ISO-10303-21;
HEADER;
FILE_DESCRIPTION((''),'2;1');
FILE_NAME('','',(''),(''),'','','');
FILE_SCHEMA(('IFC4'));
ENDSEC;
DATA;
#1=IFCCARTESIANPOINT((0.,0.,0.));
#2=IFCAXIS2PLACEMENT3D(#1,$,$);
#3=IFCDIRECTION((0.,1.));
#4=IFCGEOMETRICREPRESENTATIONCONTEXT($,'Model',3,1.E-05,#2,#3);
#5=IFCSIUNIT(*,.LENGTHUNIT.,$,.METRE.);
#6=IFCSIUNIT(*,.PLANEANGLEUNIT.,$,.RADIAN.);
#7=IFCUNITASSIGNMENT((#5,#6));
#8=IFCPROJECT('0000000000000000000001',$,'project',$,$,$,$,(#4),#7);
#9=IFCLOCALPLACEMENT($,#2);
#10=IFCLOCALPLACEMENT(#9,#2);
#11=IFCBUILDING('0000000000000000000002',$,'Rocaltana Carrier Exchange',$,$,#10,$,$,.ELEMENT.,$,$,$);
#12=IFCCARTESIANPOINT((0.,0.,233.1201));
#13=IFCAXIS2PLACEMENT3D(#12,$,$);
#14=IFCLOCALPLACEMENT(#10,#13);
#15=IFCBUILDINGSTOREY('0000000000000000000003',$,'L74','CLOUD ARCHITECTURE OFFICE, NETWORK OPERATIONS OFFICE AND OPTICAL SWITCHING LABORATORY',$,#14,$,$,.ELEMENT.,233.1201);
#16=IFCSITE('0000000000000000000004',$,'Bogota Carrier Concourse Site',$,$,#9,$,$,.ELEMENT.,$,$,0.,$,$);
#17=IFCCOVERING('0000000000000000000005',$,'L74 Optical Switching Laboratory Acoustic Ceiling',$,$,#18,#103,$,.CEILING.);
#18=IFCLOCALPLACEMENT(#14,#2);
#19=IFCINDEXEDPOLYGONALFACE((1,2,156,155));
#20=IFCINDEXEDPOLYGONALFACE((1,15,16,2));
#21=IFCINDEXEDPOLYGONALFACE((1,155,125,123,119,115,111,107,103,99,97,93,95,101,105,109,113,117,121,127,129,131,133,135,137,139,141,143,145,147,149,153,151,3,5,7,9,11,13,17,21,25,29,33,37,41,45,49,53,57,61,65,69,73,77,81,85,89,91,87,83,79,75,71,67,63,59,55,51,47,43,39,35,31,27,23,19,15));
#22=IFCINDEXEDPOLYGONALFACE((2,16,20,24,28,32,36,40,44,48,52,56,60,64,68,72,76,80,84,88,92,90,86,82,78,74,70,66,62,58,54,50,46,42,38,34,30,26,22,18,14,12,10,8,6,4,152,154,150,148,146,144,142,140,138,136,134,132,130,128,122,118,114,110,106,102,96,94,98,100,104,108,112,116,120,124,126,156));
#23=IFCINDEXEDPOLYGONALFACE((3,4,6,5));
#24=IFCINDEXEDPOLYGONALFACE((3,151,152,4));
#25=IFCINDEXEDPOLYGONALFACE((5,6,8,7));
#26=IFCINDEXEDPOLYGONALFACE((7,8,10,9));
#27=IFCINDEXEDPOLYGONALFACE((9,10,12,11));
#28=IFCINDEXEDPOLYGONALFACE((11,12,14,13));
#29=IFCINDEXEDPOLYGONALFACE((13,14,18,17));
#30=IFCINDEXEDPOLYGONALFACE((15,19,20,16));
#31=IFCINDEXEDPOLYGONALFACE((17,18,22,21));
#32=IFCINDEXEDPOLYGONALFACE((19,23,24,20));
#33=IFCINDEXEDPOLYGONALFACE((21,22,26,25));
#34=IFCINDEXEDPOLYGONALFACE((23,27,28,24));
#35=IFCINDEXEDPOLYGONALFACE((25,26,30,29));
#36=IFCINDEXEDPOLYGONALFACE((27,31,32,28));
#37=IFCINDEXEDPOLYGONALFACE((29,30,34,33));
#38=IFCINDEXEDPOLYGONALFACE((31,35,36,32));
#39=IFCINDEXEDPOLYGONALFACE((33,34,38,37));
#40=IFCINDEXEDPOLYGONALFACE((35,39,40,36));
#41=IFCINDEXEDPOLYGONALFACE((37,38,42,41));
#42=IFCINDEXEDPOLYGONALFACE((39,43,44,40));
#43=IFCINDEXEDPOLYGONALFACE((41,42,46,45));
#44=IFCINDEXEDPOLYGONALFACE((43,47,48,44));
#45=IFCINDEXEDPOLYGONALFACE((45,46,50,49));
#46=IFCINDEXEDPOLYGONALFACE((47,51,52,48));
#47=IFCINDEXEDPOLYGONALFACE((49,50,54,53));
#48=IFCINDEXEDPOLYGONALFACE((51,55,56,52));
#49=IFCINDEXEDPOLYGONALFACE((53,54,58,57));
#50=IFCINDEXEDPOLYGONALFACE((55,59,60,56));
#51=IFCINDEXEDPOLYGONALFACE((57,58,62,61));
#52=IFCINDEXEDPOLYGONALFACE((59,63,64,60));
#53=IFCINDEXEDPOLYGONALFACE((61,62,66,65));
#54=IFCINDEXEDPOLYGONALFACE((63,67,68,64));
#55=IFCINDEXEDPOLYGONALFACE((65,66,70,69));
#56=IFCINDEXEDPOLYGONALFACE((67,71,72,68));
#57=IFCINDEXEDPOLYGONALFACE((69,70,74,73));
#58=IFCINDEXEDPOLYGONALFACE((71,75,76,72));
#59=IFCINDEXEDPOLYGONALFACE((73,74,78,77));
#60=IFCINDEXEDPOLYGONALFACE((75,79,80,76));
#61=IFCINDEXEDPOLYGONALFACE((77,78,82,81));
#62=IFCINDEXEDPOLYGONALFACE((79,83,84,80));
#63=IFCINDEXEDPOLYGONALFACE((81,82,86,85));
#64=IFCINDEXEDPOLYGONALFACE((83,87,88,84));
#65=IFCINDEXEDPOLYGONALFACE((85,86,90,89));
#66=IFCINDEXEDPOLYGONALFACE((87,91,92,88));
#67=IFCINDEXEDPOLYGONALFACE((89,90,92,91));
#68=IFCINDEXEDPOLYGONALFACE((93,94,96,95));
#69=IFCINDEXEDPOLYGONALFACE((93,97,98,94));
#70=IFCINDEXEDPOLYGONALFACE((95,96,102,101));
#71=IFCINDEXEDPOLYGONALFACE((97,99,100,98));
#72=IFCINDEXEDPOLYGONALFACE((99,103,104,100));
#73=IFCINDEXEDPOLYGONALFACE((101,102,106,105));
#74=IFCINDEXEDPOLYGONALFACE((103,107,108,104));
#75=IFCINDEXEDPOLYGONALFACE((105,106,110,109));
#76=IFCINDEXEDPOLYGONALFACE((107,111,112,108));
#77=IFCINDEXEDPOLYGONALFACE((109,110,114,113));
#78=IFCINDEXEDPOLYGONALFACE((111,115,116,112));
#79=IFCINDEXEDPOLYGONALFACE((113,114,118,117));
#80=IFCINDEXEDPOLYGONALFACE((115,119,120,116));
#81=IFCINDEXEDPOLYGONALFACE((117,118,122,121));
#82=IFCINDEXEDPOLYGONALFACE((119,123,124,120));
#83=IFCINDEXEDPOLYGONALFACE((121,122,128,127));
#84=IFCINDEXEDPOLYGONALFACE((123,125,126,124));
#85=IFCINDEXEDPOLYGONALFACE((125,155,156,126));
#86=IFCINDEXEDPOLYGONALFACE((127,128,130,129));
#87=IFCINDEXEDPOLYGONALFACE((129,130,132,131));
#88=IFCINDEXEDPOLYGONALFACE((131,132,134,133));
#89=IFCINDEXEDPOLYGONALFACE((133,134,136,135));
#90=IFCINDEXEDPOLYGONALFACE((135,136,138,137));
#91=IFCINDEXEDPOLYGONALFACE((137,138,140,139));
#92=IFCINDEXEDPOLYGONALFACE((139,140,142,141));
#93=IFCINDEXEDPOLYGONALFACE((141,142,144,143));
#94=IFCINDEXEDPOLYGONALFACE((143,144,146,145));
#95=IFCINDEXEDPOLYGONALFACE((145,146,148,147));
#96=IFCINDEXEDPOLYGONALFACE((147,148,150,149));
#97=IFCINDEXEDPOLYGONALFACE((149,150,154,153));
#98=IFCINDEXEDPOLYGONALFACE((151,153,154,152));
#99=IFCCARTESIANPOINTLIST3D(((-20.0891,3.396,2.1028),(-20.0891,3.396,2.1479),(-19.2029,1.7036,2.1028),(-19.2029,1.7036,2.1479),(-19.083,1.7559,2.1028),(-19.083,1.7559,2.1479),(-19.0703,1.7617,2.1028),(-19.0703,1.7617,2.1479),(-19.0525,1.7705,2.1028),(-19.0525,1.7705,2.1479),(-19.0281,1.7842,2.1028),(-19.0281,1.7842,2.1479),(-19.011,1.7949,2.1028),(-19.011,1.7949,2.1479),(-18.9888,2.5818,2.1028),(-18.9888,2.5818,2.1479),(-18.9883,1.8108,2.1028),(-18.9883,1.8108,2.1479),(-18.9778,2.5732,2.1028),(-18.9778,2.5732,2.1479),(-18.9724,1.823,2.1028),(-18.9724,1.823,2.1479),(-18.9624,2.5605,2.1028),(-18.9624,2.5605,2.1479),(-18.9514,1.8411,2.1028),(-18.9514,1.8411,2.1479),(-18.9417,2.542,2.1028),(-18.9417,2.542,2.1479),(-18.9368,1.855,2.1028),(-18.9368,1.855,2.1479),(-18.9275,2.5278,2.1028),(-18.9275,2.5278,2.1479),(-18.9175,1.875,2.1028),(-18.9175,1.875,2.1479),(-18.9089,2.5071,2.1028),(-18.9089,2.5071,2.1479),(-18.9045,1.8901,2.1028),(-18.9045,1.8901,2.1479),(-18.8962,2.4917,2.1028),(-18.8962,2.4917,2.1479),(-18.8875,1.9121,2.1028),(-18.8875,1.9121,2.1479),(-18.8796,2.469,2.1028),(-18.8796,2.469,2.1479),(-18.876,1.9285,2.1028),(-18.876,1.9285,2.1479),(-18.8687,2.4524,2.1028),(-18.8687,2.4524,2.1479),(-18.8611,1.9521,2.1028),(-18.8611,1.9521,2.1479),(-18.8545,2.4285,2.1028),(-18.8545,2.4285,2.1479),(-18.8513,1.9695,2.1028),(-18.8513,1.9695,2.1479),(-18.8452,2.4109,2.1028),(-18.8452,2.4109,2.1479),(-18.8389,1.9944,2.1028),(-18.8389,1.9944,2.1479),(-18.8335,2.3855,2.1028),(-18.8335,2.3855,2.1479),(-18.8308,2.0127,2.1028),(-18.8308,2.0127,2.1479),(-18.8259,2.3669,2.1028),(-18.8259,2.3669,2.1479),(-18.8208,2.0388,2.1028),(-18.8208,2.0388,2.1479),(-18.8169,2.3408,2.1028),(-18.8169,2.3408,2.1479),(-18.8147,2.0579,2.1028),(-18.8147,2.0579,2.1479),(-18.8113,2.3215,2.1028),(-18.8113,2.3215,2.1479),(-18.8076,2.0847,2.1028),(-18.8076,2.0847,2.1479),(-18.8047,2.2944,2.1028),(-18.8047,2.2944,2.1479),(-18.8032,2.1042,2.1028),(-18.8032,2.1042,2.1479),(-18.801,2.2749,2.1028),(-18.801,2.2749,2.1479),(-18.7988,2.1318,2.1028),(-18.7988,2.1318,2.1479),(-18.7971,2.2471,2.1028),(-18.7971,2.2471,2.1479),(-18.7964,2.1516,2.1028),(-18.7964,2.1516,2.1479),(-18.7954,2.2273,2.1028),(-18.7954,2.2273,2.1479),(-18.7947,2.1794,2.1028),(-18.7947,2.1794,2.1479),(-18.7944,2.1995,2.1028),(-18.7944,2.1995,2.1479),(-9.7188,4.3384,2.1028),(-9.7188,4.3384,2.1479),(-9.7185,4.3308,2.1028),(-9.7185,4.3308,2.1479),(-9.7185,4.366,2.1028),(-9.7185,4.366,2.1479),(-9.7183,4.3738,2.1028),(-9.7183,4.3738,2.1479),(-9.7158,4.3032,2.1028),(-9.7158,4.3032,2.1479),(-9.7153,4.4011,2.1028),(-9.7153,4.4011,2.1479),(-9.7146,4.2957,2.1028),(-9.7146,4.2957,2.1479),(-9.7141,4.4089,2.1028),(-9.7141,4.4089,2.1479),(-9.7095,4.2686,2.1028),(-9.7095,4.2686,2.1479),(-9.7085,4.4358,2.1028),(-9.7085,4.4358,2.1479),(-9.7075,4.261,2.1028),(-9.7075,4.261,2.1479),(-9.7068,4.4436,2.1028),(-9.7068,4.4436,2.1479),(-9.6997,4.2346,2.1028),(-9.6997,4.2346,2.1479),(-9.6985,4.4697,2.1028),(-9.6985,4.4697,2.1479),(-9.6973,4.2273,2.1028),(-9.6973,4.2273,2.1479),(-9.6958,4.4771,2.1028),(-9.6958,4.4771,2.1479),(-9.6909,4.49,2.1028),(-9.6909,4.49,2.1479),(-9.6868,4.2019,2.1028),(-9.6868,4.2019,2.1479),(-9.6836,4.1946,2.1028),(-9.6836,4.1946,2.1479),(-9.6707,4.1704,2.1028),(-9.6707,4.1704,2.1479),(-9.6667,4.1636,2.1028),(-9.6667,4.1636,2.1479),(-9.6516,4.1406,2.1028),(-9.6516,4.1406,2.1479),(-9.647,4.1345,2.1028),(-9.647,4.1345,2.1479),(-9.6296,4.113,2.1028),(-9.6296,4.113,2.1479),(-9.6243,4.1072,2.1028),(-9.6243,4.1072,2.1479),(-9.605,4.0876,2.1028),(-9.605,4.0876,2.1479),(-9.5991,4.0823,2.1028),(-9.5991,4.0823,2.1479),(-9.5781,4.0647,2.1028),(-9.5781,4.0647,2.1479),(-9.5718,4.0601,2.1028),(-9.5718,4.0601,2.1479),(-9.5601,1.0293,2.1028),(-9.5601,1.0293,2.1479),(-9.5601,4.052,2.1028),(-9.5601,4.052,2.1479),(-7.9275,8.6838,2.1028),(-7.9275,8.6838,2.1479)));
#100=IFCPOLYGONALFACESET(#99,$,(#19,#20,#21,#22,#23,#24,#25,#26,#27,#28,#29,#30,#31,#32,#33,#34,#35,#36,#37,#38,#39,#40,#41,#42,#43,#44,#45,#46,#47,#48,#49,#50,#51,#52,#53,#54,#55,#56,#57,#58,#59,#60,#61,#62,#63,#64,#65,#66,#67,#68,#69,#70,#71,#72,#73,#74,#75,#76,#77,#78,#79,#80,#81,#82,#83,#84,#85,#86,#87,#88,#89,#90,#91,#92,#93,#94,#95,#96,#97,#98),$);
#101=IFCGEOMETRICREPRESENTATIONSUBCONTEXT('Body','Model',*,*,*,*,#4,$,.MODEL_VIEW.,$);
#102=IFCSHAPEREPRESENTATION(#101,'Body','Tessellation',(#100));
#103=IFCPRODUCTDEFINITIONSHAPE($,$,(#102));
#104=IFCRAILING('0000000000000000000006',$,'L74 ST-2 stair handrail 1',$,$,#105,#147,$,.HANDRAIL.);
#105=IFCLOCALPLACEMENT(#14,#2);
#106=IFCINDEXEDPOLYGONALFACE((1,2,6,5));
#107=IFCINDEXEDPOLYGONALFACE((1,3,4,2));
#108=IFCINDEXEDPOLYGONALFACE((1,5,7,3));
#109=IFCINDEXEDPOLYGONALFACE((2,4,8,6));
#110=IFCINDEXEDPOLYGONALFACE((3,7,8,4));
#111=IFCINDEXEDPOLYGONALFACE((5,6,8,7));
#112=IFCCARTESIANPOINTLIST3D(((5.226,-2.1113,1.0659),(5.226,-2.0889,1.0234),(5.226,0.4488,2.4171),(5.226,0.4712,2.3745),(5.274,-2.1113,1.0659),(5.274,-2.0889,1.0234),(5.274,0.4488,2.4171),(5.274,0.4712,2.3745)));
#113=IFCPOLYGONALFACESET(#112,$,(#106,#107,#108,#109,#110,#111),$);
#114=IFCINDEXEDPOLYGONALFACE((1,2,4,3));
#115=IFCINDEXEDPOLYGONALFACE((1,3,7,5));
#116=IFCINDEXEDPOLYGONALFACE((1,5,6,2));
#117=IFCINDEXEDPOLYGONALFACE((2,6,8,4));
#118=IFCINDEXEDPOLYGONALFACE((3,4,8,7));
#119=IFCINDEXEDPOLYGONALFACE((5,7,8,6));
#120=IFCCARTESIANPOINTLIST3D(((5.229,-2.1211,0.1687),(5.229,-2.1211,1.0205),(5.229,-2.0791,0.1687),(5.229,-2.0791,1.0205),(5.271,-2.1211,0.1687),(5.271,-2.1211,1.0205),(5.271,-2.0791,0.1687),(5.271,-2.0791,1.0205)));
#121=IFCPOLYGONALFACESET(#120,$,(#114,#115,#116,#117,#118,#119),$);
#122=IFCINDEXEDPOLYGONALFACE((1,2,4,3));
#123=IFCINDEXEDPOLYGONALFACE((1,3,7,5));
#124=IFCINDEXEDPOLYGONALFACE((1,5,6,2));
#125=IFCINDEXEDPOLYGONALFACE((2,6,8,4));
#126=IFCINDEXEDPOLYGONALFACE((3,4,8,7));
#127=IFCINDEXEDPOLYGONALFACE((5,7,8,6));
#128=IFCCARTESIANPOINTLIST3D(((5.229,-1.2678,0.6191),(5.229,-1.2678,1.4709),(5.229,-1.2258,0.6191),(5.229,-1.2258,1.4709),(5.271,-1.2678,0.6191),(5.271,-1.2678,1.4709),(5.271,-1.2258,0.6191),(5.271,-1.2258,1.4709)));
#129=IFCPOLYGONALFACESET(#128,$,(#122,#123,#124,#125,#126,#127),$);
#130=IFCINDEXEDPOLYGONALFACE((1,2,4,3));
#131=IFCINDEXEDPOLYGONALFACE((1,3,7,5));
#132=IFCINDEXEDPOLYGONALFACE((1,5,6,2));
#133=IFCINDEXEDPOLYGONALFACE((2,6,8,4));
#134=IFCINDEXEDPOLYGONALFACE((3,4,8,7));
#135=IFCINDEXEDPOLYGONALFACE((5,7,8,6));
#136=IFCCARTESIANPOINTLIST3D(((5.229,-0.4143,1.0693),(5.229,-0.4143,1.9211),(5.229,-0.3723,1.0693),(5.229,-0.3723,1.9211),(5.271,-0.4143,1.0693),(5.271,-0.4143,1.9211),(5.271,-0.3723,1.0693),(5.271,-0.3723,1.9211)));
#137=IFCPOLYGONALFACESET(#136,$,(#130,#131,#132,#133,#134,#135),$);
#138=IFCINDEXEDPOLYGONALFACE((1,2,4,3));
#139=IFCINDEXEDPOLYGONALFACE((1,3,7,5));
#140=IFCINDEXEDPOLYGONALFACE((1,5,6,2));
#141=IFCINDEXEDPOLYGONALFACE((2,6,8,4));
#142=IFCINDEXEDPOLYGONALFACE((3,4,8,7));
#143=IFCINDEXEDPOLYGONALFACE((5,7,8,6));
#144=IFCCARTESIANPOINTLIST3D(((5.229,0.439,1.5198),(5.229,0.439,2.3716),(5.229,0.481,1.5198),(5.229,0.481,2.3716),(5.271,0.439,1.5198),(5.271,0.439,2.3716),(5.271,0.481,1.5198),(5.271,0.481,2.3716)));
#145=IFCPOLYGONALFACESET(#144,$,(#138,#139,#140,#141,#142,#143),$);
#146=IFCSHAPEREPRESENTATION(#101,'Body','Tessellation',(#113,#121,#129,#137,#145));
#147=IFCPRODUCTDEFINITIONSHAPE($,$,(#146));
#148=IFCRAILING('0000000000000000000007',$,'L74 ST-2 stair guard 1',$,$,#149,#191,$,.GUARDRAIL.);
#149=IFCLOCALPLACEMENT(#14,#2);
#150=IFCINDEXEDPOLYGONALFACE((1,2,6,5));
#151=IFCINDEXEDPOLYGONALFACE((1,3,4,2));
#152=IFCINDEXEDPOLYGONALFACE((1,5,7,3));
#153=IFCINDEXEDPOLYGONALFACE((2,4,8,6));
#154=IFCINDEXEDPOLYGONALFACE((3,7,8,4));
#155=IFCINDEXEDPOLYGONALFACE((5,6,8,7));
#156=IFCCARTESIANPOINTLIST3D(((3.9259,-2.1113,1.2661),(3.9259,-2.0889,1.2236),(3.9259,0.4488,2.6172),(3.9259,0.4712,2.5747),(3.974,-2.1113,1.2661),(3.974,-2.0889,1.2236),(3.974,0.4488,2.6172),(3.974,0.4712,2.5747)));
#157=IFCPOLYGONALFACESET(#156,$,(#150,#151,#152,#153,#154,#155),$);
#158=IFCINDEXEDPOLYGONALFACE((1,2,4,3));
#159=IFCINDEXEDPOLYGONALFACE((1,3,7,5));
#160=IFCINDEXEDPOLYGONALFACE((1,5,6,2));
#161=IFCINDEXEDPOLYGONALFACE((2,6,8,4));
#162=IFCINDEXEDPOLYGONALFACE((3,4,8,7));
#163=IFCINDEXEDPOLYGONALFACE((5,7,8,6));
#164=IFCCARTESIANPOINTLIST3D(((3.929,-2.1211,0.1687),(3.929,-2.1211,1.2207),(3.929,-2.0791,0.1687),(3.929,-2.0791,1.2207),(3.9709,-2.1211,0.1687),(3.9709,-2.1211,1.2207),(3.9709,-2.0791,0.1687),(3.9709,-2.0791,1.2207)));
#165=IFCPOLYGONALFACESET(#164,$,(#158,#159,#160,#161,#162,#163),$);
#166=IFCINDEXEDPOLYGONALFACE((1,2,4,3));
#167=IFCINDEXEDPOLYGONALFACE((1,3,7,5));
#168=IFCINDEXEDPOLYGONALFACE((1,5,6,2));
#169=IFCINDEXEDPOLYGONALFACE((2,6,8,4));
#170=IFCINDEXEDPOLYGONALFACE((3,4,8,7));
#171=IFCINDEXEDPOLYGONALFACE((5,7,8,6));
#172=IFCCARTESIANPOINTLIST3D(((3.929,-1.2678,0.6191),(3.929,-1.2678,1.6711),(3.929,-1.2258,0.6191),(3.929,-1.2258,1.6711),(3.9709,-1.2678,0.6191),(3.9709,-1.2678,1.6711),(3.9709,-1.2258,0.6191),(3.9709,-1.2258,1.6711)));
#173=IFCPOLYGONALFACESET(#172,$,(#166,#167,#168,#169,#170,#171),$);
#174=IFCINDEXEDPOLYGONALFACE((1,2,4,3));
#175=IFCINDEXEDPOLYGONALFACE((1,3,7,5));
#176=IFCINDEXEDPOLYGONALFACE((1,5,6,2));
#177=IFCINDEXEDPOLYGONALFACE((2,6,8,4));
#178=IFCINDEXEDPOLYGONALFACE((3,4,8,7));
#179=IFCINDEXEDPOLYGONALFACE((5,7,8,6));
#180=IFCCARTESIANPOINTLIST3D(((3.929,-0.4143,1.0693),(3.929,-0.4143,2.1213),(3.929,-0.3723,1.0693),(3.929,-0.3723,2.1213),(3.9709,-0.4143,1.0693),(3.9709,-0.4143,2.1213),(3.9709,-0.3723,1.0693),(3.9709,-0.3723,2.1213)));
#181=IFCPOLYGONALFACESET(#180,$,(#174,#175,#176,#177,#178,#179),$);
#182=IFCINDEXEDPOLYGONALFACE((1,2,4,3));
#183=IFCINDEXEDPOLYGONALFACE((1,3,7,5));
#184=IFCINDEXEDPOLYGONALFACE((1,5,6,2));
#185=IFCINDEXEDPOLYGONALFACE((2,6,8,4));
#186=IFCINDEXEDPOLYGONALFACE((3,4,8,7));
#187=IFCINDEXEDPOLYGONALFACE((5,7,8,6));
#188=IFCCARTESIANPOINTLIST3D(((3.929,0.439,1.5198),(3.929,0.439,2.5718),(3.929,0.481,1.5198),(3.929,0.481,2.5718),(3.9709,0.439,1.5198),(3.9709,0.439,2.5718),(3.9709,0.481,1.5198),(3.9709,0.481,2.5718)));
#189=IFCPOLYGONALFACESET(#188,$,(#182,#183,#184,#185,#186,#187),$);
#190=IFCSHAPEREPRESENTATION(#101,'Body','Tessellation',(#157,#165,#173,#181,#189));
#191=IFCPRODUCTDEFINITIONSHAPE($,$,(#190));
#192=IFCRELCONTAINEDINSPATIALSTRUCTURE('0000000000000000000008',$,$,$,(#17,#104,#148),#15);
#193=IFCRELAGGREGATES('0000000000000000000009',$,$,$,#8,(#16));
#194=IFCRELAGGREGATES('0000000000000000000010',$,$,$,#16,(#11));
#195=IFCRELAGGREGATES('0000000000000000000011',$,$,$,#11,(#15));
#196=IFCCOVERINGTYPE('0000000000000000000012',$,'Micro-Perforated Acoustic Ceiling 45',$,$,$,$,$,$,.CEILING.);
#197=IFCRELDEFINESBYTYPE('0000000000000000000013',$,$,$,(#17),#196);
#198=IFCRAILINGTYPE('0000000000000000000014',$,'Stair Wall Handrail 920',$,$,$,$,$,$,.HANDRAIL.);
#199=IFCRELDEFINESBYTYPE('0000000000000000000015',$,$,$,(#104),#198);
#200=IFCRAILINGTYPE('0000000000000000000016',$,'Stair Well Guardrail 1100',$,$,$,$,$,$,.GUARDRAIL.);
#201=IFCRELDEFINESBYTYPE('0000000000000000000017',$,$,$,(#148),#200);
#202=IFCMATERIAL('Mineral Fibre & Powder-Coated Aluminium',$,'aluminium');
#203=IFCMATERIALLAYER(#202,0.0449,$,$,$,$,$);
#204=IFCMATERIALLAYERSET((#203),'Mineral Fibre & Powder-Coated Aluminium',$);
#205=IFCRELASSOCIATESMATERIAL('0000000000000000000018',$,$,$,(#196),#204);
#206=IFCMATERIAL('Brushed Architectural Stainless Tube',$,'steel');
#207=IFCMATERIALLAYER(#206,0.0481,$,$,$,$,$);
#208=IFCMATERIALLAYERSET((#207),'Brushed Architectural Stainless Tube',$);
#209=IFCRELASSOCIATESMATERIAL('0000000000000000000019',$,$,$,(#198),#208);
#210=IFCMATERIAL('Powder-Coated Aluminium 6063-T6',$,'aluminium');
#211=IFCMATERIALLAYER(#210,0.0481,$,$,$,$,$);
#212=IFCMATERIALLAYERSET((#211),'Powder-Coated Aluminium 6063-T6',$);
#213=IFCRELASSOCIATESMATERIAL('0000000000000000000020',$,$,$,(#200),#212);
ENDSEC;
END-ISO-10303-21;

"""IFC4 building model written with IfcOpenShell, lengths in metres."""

from ifc_helpers import new_model, si_unit, direction, frame, origin, origin_2d, place, context, subcontext, project, spatial, polyline, rectangle, outline, extrude, material, layer, layer_set, type_object, element, save


model = new_model("IFC4")

# Units and contexts
model_context = context("Model", 3, precision=1e-05, world=origin(), true_north=direction((0.0, 1.0)))
body_context = subcontext(model_context, "Body", "Model", "MODEL_VIEW")
ifc_project = project(units=[si_unit("LENGTHUNIT", "METRE"), si_unit("PLANEANGLEUNIT", "RADIAN")], contexts=[model_context])

# Site, building, storey
site_placement = place(None, origin())
site = spatial("IfcSite", under=ifc_project, at=site_placement, Name="Bogota Carrier Concourse Site", CompositionType="ELEMENT", RefElevation=0.0)
building_placement = place(site_placement, origin())
building = spatial("IfcBuilding", under=site, at=building_placement, Name="Rocaltana Carrier Exchange", CompositionType="ELEMENT")
storey_placement = place(building_placement, frame((0.0, 0.0, 233.1201)))
storey = spatial("IfcBuildingStorey", under=building, at=storey_placement, Name="L74", Description="CLOUD ARCHITECTURE OFFICE, NETWORK OPERATIONS OFFICE AND OPTICAL SWITCHING LABORATORY", CompositionType="ELEMENT", Elevation=233.1201)

# Covering
ifc_material_1 = material(Name="Mineral Fibre & Powder-Coated Aluminium", Category="aluminium")
ifc_layer_1 = layer(ifc_material_1, 0.0449)
ifc_layer_set_1 = layer_set([ifc_layer_1], Name="Mineral Fibre & Powder-Coated Aluminium")
covering_type_1 = type_object("IfcCoveringType", Name="Micro-Perforated Acoustic Ceiling 45", PredefinedType="CEILING", material=ifc_layer_set_1)
covering_1_placement = place(storey_placement, frame((0.0, 0.0, 2.1028)))
element("IfcCovering", 1, at=covering_1_placement, inside=storey, type_object=covering_type_1, Name="L74 Optical Switching Laboratory Acoustic Ceiling", PredefinedType="CEILING", context=body_context, shape_type="SweptSolid", body=[
    extrude(outline(polyline([(-19.083, 1.7559), (-19.0703, 1.7617), (-19.0525, 1.7705), (-19.0281, 1.7842), (-19.011, 1.7949), (-18.9883, 1.8108), (-18.9724, 1.823), (-18.9514, 1.8411), (-18.9368, 1.855), (-18.9175, 1.875), (-18.9045, 1.8901), (-18.8875, 1.9121), (-18.876, 1.9285), (-18.8611, 1.9521), (-18.8513, 1.9695), (-18.8389, 1.9944), (-18.8308, 2.0127), (-18.8208, 2.0388), (-18.8147, 2.0579), (-18.8076, 2.0847), (-18.8032, 2.1042), (-18.7988, 2.1318), (-18.7964, 2.1516), (-18.7947, 2.1794), (-18.7944, 2.1995), (-18.7954, 2.2273), (-18.7971, 2.2471), (-18.801, 2.2749), (-18.8047, 2.2944), (-18.8113, 2.3215), (-18.8169, 2.3408), (-18.8259, 2.3669), (-18.8335, 2.3855), (-18.8452, 2.4109), (-18.8545, 2.4285), (-18.8687, 2.4524), (-18.8796, 2.469), (-18.8962, 2.4917), (-18.9089, 2.5071), (-18.9275, 2.5278), (-18.9417, 2.542), (-18.9624, 2.5605), (-18.9778, 2.5732), (-18.9888, 2.5818), (-20.0891, 3.396), (-7.9275, 8.6838), (-9.6909, 4.49), (-9.6958, 4.4771), (-9.6985, 4.4697), (-9.7068, 4.4436), (-9.7085, 4.4358), (-9.7141, 4.4089), (-9.7153, 4.4011), (-9.7183, 4.3738), (-9.7185, 4.366), (-9.7188, 4.3384), (-9.7185, 4.3308), (-9.7158, 4.3032), (-9.7146, 4.2957), (-9.7095, 4.2686), (-9.7075, 4.261), (-9.6997, 4.2346), (-9.6973, 4.2273), (-9.6868, 4.2019), (-9.6836, 4.1946), (-9.6707, 4.1704), (-9.6667, 4.1636), (-9.6516, 4.1406), (-9.647, 4.1345), (-9.6296, 4.113), (-9.6243, 4.1072), (-9.605, 4.0876), (-9.5991, 4.0823), (-9.5781, 4.0647), (-9.5718, 4.0601), (-9.5601, 4.052), (-9.5601, 1.0293), (-19.2029, 1.7036), (-19.083, 1.7559)])), origin(), (0.0, 0.0, 1.0), 0.0452),
])

# Railings
ifc_material_2 = material(Name="Brushed Architectural Stainless Tube", Category="steel")
ifc_layer_2 = layer(ifc_material_2, 0.0481)
ifc_layer_set_2 = layer_set([ifc_layer_2], Name="Brushed Architectural Stainless Tube")
railing_type_1 = type_object("IfcRailingType", Name="Stair Wall Handrail 920", PredefinedType="HANDRAIL", material=ifc_layer_set_2)
railing_1_placement = place(storey_placement, frame((5.25, -2.1001, 0.1687)))
element("IfcRailing", 2, at=railing_1_placement, inside=storey, type_object=railing_type_1, Name="L74 ST-2 stair handrail 1", PredefinedType="HANDRAIL", context=body_context, shape_type="SweptSolid", body=[
    extrude(rectangle(XDim=0.0481, YDim=0.0481, at=origin_2d()), frame((0.0, 0.0, 0.876), z_axis=(0.0, 0.884394, 0.46674), x_axis=(-1.0, 0.0, 0.0)), (0.0, 0.0, 1.0), 2.8948),
    extrude(rectangle(XDim=0.042, YDim=0.042, at=origin_2d()), origin(), (0.0, 0.0, 1.0), 0.8518),
    extrude(rectangle(XDim=0.042, YDim=0.042, at=origin_2d()), frame((0.0, 0.8533, 0.4504)), (0.0, 0.0, 1.0), 0.8518),
    extrude(rectangle(XDim=0.042, YDim=0.042, at=origin_2d()), frame((0.0, 1.7068, 0.9006)), (0.0, 0.0, 1.0), 0.8518),
    extrude(rectangle(XDim=0.042, YDim=0.042, at=origin_2d()), frame((0.0, 2.5601, 1.3511)), (0.0, 0.0, 1.0), 0.8518),
])
ifc_material_3 = material(Name="Powder-Coated Aluminium 6063-T6", Category="aluminium")
ifc_layer_3 = layer(ifc_material_3, 0.0481)
ifc_layer_set_3 = layer_set([ifc_layer_3], Name="Powder-Coated Aluminium 6063-T6")
railing_type_2 = type_object("IfcRailingType", Name="Stair Well Guardrail 1100", PredefinedType="GUARDRAIL", material=ifc_layer_set_3)
railing_2_placement = place(storey_placement, frame((3.95, -2.1001, 0.1687)))
element("IfcRailing", 3, at=railing_2_placement, inside=storey, type_object=railing_type_2, Name="L74 ST-2 stair guard 1", PredefinedType="GUARDRAIL", context=body_context, shape_type="SweptSolid", body=[
    extrude(rectangle(XDim=0.0481, YDim=0.0481, at=origin_2d()), frame((0.0, 0.0, 1.0762), z_axis=(0.0, 0.884394, 0.46674), x_axis=(-1.0, 0.0, 0.0)), (0.0, 0.0, 1.0), 2.8948),
    extrude(rectangle(XDim=0.042, YDim=0.042, at=origin_2d()), origin(), (0.0, 0.0, 1.0), 1.052),
    extrude(rectangle(XDim=0.042, YDim=0.042, at=origin_2d()), frame((0.0, 0.8533, 0.4504)), (0.0, 0.0, 1.0), 1.052),
    extrude(rectangle(XDim=0.042, YDim=0.042, at=origin_2d()), frame((0.0, 1.7068, 0.9006)), (0.0, 0.0, 1.0), 1.052),
    extrude(rectangle(XDim=0.042, YDim=0.042, at=origin_2d()), frame((0.0, 2.5601, 1.3511)), (0.0, 0.0, 1.0), 1.052),
])

save(model, "model.ifc")
